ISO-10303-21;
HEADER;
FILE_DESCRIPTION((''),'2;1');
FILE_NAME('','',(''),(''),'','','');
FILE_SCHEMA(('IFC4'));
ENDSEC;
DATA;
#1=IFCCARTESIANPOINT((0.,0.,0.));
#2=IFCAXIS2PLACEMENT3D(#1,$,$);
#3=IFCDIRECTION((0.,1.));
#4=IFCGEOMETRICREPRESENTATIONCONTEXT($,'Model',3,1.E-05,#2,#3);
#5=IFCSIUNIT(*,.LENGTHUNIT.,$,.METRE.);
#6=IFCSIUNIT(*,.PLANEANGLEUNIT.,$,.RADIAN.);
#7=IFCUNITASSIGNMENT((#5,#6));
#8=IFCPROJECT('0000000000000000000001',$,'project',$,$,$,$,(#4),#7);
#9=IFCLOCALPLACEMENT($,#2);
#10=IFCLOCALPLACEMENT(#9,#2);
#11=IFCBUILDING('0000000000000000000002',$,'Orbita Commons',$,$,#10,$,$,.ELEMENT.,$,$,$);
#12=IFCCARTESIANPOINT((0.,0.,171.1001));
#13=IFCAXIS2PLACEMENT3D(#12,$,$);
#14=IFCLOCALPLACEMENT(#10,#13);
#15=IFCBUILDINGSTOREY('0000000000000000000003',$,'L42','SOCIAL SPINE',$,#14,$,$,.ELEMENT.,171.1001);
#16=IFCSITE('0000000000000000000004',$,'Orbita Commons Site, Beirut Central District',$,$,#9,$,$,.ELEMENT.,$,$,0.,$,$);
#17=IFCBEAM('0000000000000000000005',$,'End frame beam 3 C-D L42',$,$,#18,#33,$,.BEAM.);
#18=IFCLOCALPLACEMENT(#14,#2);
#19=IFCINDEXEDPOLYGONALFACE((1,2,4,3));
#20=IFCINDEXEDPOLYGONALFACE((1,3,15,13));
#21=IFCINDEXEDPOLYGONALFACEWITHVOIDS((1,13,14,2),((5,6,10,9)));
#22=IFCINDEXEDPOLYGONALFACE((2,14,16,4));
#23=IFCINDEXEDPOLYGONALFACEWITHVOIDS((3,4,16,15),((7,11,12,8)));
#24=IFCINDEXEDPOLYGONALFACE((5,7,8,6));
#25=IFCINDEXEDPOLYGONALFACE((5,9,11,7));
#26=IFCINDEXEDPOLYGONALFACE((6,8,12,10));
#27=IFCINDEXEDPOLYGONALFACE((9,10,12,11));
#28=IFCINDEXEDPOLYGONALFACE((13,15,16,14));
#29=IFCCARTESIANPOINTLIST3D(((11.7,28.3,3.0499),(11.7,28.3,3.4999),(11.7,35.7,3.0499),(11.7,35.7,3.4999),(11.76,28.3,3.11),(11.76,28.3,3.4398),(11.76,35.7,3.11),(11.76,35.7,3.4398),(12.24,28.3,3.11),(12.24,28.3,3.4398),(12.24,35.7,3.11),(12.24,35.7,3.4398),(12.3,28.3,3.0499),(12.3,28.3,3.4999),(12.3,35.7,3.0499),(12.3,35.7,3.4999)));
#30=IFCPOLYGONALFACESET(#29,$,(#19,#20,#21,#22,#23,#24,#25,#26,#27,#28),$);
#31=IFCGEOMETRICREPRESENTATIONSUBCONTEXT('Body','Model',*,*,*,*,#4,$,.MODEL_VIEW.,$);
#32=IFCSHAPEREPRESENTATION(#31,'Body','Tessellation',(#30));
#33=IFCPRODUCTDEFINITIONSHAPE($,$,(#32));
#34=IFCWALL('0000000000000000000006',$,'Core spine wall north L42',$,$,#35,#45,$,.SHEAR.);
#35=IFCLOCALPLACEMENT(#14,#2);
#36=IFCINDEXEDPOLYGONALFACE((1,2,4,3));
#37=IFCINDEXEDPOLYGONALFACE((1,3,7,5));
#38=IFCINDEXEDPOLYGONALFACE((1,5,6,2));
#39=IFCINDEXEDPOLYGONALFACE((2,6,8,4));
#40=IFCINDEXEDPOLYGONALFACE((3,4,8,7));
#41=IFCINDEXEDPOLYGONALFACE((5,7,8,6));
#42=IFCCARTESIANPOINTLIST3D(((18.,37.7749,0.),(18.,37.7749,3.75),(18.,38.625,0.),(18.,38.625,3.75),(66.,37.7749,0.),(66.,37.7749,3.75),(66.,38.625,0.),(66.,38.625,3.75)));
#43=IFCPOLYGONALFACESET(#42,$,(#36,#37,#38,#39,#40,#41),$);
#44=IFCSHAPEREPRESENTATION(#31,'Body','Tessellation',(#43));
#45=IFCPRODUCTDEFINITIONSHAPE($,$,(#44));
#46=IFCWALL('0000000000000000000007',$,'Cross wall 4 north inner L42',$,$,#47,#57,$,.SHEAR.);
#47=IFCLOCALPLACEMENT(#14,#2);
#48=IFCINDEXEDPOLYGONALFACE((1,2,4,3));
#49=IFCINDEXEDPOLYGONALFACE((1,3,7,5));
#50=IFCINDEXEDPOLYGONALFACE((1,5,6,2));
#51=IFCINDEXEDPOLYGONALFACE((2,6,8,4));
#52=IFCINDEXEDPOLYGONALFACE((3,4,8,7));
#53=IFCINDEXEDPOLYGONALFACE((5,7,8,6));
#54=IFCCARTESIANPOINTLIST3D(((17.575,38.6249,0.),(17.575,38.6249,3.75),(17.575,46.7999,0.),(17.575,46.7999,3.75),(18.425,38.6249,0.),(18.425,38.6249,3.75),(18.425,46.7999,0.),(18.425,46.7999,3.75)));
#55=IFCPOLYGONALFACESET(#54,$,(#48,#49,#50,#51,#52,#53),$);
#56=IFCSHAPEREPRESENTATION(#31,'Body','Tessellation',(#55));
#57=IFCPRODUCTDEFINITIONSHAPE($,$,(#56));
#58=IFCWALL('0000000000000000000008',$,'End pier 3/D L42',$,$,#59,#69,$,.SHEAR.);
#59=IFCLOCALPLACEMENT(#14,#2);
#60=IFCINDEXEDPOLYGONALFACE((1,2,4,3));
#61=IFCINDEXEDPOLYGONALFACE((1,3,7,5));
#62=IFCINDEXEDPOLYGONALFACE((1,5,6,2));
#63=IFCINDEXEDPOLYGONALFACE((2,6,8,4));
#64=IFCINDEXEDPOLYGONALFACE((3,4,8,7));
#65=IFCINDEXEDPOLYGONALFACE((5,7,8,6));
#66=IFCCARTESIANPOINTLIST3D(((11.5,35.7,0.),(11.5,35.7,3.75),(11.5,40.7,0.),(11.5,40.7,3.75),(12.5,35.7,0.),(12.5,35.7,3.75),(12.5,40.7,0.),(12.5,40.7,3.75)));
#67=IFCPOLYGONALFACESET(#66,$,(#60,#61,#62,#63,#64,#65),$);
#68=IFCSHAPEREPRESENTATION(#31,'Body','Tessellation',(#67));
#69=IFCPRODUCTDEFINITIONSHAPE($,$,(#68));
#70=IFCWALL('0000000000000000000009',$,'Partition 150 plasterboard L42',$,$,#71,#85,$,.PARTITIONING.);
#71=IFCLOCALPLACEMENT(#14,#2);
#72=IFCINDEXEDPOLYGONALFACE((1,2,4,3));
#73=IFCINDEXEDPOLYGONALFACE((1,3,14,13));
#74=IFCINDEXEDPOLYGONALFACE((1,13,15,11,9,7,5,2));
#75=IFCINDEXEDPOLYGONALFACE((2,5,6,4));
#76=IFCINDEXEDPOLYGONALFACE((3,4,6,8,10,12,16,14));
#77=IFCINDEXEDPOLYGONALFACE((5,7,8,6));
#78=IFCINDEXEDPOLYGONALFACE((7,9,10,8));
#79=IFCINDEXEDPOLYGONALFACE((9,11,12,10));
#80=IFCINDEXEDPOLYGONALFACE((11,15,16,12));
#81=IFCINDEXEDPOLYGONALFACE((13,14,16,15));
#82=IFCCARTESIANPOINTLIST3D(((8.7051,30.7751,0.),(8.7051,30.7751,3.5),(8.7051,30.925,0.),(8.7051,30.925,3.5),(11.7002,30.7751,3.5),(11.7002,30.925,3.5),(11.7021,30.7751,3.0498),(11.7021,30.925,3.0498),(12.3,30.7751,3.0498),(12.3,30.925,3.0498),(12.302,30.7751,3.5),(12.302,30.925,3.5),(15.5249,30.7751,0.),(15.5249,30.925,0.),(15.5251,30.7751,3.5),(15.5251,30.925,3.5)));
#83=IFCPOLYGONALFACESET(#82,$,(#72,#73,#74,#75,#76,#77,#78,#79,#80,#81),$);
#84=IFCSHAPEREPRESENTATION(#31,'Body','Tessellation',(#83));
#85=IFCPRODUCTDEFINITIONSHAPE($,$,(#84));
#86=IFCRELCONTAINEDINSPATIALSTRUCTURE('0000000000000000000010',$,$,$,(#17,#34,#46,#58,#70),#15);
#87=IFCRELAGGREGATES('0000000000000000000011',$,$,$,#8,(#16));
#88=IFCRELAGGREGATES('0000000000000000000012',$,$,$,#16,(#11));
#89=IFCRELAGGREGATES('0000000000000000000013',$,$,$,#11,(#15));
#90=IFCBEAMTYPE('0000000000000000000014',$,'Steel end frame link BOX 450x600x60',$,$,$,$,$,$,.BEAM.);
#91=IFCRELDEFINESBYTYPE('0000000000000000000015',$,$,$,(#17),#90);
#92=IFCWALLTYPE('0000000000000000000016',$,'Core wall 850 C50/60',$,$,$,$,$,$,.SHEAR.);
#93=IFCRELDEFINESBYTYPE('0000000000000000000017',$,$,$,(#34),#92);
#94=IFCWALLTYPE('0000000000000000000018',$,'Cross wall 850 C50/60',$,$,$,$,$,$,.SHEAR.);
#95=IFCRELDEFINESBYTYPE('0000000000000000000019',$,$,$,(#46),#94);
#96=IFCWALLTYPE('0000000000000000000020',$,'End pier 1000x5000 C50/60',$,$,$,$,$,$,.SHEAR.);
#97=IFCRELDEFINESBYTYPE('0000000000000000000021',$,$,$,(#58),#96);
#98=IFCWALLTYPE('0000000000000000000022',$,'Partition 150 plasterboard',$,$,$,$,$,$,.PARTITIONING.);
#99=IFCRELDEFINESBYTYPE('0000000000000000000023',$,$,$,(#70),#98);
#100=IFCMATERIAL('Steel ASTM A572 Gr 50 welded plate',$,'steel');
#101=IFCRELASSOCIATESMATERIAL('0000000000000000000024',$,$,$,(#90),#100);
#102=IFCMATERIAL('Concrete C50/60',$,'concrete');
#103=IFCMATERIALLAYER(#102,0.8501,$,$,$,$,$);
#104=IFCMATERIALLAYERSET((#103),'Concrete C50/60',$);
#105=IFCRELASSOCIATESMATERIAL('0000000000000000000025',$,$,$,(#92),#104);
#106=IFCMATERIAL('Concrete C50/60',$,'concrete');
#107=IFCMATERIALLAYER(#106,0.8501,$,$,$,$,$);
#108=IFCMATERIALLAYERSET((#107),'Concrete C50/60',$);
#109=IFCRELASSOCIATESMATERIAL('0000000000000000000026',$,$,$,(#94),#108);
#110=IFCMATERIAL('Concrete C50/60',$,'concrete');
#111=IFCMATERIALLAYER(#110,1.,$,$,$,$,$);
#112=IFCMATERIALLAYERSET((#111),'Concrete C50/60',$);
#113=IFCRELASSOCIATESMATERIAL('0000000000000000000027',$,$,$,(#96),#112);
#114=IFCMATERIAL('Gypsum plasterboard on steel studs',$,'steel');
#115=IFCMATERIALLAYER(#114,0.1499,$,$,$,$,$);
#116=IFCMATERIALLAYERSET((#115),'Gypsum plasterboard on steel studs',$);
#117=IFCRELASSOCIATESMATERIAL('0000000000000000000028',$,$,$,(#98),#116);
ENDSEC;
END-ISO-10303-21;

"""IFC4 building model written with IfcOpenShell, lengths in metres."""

from ifc_helpers import new_model, si_unit, direction, frame, frame_2d, origin, origin_2d, place, context, subcontext, project, spatial, polyline, rectangle, hollow_rectangle, outline, extrude, material, layer, layer_set, material_profile, profile_set, type_object, element, save


model = new_model("IFC4")

# Units and contexts
model_context = context("Model", 3, precision=1e-05, world=origin(), true_north=direction((0.0, 1.0)))
body_context = subcontext(model_context, "Body", "Model", "MODEL_VIEW")
ifc_project = project(units=[si_unit("LENGTHUNIT", "METRE"), si_unit("PLANEANGLEUNIT", "RADIAN")], contexts=[model_context])

# Site, building, storey
site_placement = place(None, origin())
site = spatial("IfcSite", under=ifc_project, at=site_placement, Name="Orbita Commons Site, Beirut Central District", CompositionType="ELEMENT", RefElevation=0.0)
building_placement = place(site_placement, origin())
building = spatial("IfcBuilding", under=site, at=building_placement, Name="Orbita Commons", CompositionType="ELEMENT")
storey_placement = place(building_placement, frame((0.0, 0.0, 171.1001)))
storey = spatial("IfcBuildingStorey", under=building, at=storey_placement, Name="L42", Description="SOCIAL SPINE", CompositionType="ELEMENT", Elevation=171.1001)

# Beam
ifc_material_1 = material(Name="Steel ASTM A572 Gr 50 welded plate", Category="steel")
ifc_material_profile = material_profile(ifc_material_1, hollow_rectangle(XDim=0.6001, YDim=0.45, WallThickness=0.0601, at=origin_2d()), Name="BOX 450x600x60")
ifc_profile_set = profile_set([ifc_material_profile], Name="Steel ASTM A572 Gr 50 welded plate")
beam_type = type_object("IfcBeamType", Name="Steel end frame link BOX 450x600x60", PredefinedType="BEAM", material=ifc_profile_set)
beam_placement = place(storey_placement, frame((12.0, 28.3, 3.2749), z_axis=(0.0, 1.0, 0.0), x_axis=(-1.0, 0.0, 0.0)))
element("IfcBeam", 1, at=beam_placement, inside=storey, type_object=beam_type, Name="End frame beam 3 C-D L42", PredefinedType="BEAM", context=body_context, shape_type="SweptSolid", body=[
    extrude(hollow_rectangle(XDim=0.6001, YDim=0.45, WallThickness=0.0601, at=origin_2d()), origin(), (0.0, 0.0, 1.0), 7.3999),
])

# Walls
ifc_material_2 = material(Name="Concrete C50/60", Category="concrete")
ifc_layer_1 = layer(ifc_material_2, 0.8501)
ifc_layer_set_1 = layer_set([ifc_layer_1], Name="Concrete C50/60")
wall_type_1 = type_object("IfcWallType", Name="Core wall 850 C50/60", PredefinedType="SHEAR", material=ifc_layer_set_1)
wall_1_placement = place(storey_placement, frame((18.0, 38.2, 0.0), z_axis=(0.0, 0.0, 1.0), x_axis=(1.0, 0.0, 0.0)))
element("IfcWall", 2, at=wall_1_placement, inside=storey, type_object=wall_type_1, Name="Core spine wall north L42", PredefinedType="SHEAR", context=body_context, shape_type="SweptSolid", body=[
    extrude(rectangle(XDim=48.0, YDim=0.8501, at=frame_2d((24.0, 0.0))), origin(), (0.0, 0.0, 1.0), 3.75),
])
ifc_material_3 = material(Name="Concrete C50/60", Category="concrete")
ifc_layer_2 = layer(ifc_material_3, 0.8501)
ifc_layer_set_2 = layer_set([ifc_layer_2], Name="Concrete C50/60")
wall_type_2 = type_object("IfcWallType", Name="Cross wall 850 C50/60", PredefinedType="SHEAR", material=ifc_layer_set_2)
wall_2_placement = place(storey_placement, frame((18.0, 38.625, 0.0), z_axis=(0.0, 0.0, 1.0), x_axis=(0.0, 1.0, 0.0)))
element("IfcWall", 3, at=wall_2_placement, inside=storey, type_object=wall_type_2, Name="Cross wall 4 north inner L42", PredefinedType="SHEAR", context=body_context, shape_type="SweptSolid", body=[
    extrude(rectangle(XDim=8.175, YDim=0.8501, at=frame_2d((4.0874, 0.0))), origin(), (0.0, 0.0, 1.0), 3.75),
])
ifc_material_4 = material(Name="Concrete C50/60", Category="concrete")
ifc_layer_3 = layer(ifc_material_4, 1.0)
ifc_layer_set_3 = layer_set([ifc_layer_3], Name="Concrete C50/60")
wall_type_3 = type_object("IfcWallType", Name="End pier 1000x5000 C50/60", PredefinedType="SHEAR", material=ifc_layer_set_3)
wall_3_placement = place(storey_placement, frame((12.0, 35.7, 0.0), z_axis=(0.0, 0.0, 1.0), x_axis=(0.0, 1.0, 0.0)))
element("IfcWall", 4, at=wall_3_placement, inside=storey, type_object=wall_type_3, Name="End pier 3/D L42", PredefinedType="SHEAR", context=body_context, shape_type="SweptSolid", body=[
    extrude(rectangle(XDim=5.0, YDim=1.0, at=frame_2d((2.5, 0.0))), origin(), (0.0, 0.0, 1.0), 3.75),
])
ifc_material_5 = material(Name="Gypsum plasterboard on steel studs", Category="steel")
ifc_layer_4 = layer(ifc_material_5, 0.1499)
ifc_layer_set_4 = layer_set([ifc_layer_4], Name="Gypsum plasterboard on steel studs")
wall_type_4 = type_object("IfcWallType", Name="Partition 150 plasterboard", PredefinedType="PARTITIONING", material=ifc_layer_set_4)
wall_4_placement = place(storey_placement, frame((8.7051, 30.8501, 0.0), z_axis=(0.0, 0.0, 1.0), x_axis=(1.0, 0.0, 0.0)))
element("IfcWall", 5, at=wall_4_placement, inside=storey, type_object=wall_type_4, Name="Partition 150 plasterboard L42", PredefinedType="PARTITIONING", context=body_context, shape_type="SweptSolid", body=[
    extrude(outline(polyline([(0.0, 0.0), (6.8198, 0.0), (6.8201, 3.5), (3.5969, 3.5), (3.595, 3.0498), (2.9971, 3.0498), (2.9951, 3.5), (0.0, 3.5), (0.0, 0.0)])), frame((0.0, 0.075, 0.0), z_axis=(0.0, -1.0, 0.0), x_axis=(1.0, 0.0, 0.0)), (0.0, 0.0, 1.0), 0.1499),
])

save(model, "model.ifc")
